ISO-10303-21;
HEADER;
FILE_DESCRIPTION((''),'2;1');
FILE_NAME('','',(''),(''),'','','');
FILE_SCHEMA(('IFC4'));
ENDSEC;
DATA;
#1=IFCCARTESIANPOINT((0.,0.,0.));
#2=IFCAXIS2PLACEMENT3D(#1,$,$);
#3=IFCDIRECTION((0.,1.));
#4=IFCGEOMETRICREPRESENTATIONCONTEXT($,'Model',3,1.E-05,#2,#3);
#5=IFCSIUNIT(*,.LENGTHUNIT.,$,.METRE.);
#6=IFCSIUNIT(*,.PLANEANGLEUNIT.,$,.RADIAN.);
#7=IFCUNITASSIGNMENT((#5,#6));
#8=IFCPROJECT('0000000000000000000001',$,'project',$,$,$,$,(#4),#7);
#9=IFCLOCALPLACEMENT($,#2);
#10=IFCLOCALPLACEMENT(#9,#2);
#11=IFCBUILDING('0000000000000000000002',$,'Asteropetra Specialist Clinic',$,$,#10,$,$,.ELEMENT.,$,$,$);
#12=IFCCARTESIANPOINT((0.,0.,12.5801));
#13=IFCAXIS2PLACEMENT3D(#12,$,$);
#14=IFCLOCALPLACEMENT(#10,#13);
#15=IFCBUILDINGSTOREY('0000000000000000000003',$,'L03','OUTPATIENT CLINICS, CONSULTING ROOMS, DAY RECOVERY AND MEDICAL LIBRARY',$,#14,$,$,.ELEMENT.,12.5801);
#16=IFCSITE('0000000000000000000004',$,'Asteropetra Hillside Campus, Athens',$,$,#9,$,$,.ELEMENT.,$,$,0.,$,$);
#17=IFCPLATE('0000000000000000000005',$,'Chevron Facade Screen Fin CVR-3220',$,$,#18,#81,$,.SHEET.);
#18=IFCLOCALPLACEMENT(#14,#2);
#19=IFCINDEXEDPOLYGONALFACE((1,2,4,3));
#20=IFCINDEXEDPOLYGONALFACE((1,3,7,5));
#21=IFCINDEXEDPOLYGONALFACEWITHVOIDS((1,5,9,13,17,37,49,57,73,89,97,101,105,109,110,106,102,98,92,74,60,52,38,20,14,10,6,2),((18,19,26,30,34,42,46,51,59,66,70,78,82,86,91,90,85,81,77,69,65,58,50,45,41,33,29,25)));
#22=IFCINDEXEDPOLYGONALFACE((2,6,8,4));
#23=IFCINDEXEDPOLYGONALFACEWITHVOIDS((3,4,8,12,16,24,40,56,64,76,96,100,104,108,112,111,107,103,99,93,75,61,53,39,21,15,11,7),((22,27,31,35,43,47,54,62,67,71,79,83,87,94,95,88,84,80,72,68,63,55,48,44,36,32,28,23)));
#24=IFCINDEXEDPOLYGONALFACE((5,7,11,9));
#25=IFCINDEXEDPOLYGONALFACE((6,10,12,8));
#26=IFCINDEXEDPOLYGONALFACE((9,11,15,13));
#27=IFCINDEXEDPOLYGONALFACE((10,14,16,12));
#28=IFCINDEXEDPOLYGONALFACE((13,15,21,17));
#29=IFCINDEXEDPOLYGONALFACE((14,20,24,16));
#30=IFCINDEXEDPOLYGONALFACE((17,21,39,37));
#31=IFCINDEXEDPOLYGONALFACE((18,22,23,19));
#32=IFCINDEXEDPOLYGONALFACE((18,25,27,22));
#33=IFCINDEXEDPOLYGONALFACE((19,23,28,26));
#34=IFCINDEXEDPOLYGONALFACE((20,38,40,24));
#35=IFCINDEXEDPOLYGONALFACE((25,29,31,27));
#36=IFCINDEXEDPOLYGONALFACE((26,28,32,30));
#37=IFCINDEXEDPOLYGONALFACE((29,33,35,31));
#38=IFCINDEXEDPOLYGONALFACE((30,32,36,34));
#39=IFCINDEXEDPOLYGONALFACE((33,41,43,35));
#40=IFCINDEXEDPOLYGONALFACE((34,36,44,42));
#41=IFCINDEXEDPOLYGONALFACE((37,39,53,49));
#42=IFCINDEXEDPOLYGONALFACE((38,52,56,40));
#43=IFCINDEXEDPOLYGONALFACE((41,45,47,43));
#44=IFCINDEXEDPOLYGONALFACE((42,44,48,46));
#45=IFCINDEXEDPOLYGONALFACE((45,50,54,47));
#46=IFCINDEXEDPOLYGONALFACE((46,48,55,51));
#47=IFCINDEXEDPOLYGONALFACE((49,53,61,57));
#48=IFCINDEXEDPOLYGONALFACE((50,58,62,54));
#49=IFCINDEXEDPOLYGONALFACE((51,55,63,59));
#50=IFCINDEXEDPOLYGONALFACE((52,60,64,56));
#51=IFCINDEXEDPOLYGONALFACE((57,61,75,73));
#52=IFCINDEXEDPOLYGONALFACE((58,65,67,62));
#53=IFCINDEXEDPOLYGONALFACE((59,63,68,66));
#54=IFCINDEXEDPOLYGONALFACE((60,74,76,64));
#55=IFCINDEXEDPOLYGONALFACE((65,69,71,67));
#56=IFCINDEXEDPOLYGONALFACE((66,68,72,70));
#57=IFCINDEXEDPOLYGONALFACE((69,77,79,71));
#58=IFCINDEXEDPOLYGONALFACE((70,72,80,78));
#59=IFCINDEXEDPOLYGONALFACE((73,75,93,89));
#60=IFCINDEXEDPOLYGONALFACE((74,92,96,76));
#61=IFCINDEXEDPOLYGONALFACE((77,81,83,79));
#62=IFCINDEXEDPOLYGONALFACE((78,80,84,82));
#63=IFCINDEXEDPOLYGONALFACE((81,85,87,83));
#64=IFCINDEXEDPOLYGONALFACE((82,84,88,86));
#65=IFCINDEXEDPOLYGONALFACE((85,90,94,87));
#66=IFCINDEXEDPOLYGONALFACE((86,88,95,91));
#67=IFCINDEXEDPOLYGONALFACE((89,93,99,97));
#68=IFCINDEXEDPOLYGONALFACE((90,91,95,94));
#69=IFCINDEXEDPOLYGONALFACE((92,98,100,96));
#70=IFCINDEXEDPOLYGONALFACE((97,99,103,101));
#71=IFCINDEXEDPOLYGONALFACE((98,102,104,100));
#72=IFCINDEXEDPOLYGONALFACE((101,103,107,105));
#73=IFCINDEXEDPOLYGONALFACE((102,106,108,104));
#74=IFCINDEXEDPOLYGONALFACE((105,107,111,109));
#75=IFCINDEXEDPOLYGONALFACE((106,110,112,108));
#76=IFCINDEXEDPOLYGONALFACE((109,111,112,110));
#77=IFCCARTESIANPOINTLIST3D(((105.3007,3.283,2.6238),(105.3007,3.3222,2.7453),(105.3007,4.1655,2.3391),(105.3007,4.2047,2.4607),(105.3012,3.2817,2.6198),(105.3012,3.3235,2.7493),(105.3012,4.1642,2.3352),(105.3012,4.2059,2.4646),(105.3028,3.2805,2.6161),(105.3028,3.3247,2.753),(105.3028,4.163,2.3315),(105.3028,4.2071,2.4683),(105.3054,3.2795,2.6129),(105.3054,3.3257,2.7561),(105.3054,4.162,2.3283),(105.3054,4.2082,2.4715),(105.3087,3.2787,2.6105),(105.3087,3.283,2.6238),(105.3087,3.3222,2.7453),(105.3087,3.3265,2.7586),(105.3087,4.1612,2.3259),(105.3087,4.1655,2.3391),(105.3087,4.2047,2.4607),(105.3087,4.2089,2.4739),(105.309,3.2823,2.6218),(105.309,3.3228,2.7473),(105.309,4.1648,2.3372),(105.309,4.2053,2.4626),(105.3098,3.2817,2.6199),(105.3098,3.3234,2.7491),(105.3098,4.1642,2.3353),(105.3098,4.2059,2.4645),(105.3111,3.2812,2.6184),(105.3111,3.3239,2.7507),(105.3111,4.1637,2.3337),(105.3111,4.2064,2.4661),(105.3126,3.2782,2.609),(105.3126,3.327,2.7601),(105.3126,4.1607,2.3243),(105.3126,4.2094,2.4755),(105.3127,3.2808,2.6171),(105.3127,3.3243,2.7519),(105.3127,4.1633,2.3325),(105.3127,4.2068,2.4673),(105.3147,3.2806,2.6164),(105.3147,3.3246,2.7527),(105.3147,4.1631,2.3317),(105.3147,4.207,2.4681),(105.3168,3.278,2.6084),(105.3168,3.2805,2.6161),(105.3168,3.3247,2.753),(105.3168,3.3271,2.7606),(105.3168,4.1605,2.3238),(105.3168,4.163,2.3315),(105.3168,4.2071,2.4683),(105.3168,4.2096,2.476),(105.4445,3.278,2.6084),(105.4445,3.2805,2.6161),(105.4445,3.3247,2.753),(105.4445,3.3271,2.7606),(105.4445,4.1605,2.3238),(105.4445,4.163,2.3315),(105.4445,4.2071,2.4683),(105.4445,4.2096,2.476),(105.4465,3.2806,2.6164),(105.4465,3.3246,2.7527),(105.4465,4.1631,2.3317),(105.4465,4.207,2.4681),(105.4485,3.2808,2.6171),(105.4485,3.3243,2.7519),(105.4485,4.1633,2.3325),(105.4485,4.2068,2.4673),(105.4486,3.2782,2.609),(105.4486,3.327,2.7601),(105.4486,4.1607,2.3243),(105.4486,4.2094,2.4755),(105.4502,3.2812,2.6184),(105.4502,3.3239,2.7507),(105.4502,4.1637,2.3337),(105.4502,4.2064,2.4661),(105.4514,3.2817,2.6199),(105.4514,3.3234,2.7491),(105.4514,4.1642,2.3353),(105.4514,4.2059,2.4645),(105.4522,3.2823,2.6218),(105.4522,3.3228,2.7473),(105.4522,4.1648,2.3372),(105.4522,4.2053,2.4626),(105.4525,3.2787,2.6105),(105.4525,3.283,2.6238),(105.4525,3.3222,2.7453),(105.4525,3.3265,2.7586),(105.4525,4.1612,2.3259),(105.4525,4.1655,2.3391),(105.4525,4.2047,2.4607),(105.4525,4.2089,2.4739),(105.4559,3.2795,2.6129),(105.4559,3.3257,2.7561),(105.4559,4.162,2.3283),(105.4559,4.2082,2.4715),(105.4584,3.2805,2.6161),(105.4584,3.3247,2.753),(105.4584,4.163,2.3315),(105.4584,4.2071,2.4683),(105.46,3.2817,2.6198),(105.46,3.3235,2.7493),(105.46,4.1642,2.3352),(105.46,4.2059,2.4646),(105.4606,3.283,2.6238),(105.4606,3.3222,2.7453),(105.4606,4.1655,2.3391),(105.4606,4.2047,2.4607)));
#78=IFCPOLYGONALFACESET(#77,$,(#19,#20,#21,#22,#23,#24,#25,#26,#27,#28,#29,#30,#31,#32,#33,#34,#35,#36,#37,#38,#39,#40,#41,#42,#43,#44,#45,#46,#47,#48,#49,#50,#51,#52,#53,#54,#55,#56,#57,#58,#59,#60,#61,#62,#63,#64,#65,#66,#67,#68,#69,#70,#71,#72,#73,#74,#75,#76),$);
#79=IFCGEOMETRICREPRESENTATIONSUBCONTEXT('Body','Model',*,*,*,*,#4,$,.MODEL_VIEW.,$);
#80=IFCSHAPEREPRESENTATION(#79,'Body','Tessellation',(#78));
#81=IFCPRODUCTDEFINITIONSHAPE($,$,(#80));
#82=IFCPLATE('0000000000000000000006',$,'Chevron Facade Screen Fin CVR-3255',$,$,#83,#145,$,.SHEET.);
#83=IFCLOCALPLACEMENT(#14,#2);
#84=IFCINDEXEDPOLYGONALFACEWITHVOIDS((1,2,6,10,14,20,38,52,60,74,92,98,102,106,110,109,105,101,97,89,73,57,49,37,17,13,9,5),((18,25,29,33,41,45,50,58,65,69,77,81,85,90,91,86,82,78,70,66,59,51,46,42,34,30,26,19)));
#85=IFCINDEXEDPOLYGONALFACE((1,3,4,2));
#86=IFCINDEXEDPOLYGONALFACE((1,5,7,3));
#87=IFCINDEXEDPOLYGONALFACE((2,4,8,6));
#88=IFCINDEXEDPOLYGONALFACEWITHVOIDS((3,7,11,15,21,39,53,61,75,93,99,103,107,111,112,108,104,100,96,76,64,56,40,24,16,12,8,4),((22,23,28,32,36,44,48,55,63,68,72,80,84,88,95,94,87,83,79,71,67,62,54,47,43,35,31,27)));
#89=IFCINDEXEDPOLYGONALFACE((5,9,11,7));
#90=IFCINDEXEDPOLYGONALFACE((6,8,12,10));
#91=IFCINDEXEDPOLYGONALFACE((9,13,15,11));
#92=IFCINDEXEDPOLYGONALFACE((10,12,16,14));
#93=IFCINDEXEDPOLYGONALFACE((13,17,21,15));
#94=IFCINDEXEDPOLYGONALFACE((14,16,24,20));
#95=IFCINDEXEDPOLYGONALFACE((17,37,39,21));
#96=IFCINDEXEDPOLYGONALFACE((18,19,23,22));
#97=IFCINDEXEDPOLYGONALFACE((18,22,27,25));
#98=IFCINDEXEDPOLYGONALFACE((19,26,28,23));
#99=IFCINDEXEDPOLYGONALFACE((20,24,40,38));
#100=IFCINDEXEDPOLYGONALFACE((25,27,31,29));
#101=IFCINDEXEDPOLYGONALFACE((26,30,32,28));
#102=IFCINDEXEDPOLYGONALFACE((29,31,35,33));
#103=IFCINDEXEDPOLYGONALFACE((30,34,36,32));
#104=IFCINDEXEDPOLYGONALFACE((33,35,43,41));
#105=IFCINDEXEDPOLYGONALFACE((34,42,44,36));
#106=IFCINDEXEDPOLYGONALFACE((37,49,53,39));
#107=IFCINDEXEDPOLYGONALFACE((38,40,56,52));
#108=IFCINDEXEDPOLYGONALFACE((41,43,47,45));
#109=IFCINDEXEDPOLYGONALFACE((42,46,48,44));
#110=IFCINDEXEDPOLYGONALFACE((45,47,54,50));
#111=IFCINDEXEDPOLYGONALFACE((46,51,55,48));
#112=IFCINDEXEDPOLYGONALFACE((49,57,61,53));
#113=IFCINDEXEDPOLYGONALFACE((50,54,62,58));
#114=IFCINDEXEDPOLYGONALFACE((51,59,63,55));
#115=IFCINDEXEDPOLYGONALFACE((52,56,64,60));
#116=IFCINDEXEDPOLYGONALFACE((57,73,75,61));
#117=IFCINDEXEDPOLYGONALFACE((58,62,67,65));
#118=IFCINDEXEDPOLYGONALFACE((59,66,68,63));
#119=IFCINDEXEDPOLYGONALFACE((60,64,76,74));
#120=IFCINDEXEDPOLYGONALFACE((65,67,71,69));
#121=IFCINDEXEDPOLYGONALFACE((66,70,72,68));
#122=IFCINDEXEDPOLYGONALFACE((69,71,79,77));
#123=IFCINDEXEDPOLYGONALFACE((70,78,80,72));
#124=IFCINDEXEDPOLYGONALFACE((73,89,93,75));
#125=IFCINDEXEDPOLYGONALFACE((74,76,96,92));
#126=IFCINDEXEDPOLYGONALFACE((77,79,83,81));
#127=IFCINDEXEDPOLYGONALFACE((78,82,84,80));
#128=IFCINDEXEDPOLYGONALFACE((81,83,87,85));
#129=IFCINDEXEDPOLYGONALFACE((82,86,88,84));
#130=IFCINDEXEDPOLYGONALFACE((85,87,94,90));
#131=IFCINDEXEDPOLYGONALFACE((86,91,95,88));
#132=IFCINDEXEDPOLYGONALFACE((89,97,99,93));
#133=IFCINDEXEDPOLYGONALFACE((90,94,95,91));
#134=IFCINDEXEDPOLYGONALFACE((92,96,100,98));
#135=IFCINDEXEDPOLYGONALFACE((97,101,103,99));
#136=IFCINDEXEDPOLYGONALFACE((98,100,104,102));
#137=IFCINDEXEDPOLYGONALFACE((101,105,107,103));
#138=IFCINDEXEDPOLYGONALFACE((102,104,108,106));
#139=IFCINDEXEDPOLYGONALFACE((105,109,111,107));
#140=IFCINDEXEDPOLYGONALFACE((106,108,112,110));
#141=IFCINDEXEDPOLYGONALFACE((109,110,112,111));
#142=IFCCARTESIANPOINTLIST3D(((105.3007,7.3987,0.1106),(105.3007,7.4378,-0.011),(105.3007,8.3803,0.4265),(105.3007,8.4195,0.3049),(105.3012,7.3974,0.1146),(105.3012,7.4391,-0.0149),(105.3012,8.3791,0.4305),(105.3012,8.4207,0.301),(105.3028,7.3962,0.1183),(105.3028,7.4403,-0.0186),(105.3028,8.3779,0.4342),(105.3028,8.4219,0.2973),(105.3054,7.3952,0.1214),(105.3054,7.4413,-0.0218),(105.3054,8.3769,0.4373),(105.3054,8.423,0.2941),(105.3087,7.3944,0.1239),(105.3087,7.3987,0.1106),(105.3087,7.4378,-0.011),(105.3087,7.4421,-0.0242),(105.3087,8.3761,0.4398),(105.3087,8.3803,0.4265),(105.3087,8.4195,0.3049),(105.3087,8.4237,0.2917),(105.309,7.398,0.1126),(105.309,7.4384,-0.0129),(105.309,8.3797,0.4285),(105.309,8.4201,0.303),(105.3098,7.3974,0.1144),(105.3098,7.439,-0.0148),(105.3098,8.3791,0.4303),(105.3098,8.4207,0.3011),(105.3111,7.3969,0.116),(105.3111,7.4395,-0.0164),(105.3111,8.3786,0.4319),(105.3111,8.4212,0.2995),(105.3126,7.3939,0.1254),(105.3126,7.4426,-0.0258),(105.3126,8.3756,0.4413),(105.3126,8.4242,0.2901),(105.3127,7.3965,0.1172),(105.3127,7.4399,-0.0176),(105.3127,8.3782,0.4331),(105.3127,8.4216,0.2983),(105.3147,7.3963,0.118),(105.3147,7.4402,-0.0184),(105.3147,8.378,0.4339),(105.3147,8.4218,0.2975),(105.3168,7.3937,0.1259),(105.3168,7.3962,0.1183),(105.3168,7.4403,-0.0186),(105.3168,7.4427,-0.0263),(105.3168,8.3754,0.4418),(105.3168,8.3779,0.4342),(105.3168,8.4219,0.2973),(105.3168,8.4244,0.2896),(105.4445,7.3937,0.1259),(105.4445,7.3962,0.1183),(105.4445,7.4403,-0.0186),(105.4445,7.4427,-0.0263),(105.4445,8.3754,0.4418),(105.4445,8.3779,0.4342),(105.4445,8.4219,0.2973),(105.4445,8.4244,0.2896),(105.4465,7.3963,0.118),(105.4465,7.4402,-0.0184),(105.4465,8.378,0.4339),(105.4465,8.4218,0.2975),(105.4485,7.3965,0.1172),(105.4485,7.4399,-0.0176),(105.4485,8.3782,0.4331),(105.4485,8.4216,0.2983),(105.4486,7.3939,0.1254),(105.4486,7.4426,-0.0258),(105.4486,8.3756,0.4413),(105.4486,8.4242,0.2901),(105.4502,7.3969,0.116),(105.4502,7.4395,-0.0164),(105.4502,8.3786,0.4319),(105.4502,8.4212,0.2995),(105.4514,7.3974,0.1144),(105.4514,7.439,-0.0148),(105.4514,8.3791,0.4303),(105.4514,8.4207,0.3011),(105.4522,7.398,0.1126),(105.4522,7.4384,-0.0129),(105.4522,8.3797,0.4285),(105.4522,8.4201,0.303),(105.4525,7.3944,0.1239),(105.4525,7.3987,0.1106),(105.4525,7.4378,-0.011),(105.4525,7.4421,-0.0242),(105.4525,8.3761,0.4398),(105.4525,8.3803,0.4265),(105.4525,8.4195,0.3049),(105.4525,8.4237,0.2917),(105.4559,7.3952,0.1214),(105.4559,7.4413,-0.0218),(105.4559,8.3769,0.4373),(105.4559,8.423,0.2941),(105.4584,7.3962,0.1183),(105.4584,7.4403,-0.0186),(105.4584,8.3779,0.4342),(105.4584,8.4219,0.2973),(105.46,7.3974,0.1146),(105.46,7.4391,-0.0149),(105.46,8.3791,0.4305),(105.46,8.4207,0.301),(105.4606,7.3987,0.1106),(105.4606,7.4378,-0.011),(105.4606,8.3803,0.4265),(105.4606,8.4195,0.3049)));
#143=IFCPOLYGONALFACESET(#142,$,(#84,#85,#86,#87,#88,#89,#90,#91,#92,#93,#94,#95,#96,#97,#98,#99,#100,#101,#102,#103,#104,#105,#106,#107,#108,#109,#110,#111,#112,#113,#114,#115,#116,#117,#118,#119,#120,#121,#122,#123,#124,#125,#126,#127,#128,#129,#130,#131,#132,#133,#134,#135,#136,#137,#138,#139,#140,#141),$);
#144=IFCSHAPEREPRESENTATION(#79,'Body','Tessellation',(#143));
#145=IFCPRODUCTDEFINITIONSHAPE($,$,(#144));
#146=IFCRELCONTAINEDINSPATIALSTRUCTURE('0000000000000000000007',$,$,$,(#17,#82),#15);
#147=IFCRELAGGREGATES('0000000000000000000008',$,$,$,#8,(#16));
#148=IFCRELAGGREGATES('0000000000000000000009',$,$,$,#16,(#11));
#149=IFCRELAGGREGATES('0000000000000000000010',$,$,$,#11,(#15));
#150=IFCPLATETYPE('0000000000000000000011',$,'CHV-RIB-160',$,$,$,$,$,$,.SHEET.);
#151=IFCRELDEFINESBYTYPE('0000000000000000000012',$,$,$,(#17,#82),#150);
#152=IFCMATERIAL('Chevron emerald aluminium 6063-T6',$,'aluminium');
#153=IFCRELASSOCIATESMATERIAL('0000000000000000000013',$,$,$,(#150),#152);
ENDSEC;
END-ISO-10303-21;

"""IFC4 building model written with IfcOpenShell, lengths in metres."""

from ifc_helpers import new_model, si_unit, direction, frame, origin, origin_2d, place, context, subcontext, project, spatial, hollow_rectangle, extrude, material, material_profile, profile_set, type_object, element, save


model = new_model("IFC4")

# Units and contexts
model_context = context("Model", 3, precision=1e-05, world=origin(), true_north=direction((0.0, 1.0)))
body_context = subcontext(model_context, "Body", "Model", "MODEL_VIEW")
ifc_project = project(units=[si_unit("LENGTHUNIT", "METRE"), si_unit("PLANEANGLEUNIT", "RADIAN")], contexts=[model_context])

# Site, building, storey
site_placement = place(None, origin())
site = spatial("IfcSite", under=ifc_project, at=site_placement, Name="Asteropetra Hillside Campus, Athens", CompositionType="ELEMENT", RefElevation=0.0)
building_placement = place(site_placement, origin())
building = spatial("IfcBuilding", under=site, at=building_placement, Name="Asteropetra Specialist Clinic", CompositionType="ELEMENT")
storey_placement = place(building_placement, frame((0.0, 0.0, 12.5801)))
storey = spatial("IfcBuildingStorey", under=building, at=storey_placement, Name="L03", Description="OUTPATIENT CLINICS, CONSULTING ROOMS, DAY RECOVERY AND MEDICAL LIBRARY", CompositionType="ELEMENT", Elevation=12.5801)

# Plates
ifc_material_1 = material(Name="Chevron emerald aluminium 6063-T6", Category="aluminium")
ifc_material_profile = material_profile(ifc_material_1, hollow_rectangle(XDim=0.1599, YDim=0.1599, WallThickness=0.0081, InnerFilletRadius=0.0081, OuterFilletRadius=0.0161, at=origin_2d()), Name="SHS 160x160x8.0")
ifc_profile_set = profile_set([ifc_material_profile], Name="Chevron emerald aluminium 6063-T6")
plate_type_1 = type_object("IfcPlateType", Name="CHV-RIB-160", PredefinedType="SHEET", material=ifc_profile_set)
plate_placement = place(storey_placement, frame((105.3806, 4.1851, 2.3999), z_axis=(0.0, -0.951719, 0.306972), x_axis=(1.0, 0.0, 0.0)))
element("IfcPlate", 1, at=plate_placement, inside=storey, type_object=plate_type_1, Name="Chevron Facade Screen Fin CVR-3220", PredefinedType="SHEET", context=body_context, shape_type="SweptSolid", body=[
    extrude(hollow_rectangle(XDim=0.1599, YDim=0.1599, WallThickness=0.0081, InnerFilletRadius=0.0081, OuterFilletRadius=0.0161, at=origin_2d()), origin(), (0.0, 0.0, 1.0), 0.9272),
])
for number, where, z_axis, x_axis, name in (
    (2, (105.3806, 8.3999, 0.3657), (0.0, -0.951923, -0.306339), (1.0, 0.0, 0.0), "Chevron Facade Screen Fin CVR-3255"),
):
    element("IfcPlate", number, at=place(storey_placement, frame(where, z_axis=z_axis, x_axis=x_axis)), inside=storey, type_object=plate_type_1, Name=name, PredefinedType="SHEET", context=body_context, shape_type="SweptSolid", body=[
        extrude(hollow_rectangle(XDim=0.1599, YDim=0.1599, WallThickness=0.0081, InnerFilletRadius=0.0081, OuterFilletRadius=0.0161, at=origin_2d()), origin(), (0.0, 0.0, 1.0), 1.0312),
    ])

save(model, "model.ifc")
